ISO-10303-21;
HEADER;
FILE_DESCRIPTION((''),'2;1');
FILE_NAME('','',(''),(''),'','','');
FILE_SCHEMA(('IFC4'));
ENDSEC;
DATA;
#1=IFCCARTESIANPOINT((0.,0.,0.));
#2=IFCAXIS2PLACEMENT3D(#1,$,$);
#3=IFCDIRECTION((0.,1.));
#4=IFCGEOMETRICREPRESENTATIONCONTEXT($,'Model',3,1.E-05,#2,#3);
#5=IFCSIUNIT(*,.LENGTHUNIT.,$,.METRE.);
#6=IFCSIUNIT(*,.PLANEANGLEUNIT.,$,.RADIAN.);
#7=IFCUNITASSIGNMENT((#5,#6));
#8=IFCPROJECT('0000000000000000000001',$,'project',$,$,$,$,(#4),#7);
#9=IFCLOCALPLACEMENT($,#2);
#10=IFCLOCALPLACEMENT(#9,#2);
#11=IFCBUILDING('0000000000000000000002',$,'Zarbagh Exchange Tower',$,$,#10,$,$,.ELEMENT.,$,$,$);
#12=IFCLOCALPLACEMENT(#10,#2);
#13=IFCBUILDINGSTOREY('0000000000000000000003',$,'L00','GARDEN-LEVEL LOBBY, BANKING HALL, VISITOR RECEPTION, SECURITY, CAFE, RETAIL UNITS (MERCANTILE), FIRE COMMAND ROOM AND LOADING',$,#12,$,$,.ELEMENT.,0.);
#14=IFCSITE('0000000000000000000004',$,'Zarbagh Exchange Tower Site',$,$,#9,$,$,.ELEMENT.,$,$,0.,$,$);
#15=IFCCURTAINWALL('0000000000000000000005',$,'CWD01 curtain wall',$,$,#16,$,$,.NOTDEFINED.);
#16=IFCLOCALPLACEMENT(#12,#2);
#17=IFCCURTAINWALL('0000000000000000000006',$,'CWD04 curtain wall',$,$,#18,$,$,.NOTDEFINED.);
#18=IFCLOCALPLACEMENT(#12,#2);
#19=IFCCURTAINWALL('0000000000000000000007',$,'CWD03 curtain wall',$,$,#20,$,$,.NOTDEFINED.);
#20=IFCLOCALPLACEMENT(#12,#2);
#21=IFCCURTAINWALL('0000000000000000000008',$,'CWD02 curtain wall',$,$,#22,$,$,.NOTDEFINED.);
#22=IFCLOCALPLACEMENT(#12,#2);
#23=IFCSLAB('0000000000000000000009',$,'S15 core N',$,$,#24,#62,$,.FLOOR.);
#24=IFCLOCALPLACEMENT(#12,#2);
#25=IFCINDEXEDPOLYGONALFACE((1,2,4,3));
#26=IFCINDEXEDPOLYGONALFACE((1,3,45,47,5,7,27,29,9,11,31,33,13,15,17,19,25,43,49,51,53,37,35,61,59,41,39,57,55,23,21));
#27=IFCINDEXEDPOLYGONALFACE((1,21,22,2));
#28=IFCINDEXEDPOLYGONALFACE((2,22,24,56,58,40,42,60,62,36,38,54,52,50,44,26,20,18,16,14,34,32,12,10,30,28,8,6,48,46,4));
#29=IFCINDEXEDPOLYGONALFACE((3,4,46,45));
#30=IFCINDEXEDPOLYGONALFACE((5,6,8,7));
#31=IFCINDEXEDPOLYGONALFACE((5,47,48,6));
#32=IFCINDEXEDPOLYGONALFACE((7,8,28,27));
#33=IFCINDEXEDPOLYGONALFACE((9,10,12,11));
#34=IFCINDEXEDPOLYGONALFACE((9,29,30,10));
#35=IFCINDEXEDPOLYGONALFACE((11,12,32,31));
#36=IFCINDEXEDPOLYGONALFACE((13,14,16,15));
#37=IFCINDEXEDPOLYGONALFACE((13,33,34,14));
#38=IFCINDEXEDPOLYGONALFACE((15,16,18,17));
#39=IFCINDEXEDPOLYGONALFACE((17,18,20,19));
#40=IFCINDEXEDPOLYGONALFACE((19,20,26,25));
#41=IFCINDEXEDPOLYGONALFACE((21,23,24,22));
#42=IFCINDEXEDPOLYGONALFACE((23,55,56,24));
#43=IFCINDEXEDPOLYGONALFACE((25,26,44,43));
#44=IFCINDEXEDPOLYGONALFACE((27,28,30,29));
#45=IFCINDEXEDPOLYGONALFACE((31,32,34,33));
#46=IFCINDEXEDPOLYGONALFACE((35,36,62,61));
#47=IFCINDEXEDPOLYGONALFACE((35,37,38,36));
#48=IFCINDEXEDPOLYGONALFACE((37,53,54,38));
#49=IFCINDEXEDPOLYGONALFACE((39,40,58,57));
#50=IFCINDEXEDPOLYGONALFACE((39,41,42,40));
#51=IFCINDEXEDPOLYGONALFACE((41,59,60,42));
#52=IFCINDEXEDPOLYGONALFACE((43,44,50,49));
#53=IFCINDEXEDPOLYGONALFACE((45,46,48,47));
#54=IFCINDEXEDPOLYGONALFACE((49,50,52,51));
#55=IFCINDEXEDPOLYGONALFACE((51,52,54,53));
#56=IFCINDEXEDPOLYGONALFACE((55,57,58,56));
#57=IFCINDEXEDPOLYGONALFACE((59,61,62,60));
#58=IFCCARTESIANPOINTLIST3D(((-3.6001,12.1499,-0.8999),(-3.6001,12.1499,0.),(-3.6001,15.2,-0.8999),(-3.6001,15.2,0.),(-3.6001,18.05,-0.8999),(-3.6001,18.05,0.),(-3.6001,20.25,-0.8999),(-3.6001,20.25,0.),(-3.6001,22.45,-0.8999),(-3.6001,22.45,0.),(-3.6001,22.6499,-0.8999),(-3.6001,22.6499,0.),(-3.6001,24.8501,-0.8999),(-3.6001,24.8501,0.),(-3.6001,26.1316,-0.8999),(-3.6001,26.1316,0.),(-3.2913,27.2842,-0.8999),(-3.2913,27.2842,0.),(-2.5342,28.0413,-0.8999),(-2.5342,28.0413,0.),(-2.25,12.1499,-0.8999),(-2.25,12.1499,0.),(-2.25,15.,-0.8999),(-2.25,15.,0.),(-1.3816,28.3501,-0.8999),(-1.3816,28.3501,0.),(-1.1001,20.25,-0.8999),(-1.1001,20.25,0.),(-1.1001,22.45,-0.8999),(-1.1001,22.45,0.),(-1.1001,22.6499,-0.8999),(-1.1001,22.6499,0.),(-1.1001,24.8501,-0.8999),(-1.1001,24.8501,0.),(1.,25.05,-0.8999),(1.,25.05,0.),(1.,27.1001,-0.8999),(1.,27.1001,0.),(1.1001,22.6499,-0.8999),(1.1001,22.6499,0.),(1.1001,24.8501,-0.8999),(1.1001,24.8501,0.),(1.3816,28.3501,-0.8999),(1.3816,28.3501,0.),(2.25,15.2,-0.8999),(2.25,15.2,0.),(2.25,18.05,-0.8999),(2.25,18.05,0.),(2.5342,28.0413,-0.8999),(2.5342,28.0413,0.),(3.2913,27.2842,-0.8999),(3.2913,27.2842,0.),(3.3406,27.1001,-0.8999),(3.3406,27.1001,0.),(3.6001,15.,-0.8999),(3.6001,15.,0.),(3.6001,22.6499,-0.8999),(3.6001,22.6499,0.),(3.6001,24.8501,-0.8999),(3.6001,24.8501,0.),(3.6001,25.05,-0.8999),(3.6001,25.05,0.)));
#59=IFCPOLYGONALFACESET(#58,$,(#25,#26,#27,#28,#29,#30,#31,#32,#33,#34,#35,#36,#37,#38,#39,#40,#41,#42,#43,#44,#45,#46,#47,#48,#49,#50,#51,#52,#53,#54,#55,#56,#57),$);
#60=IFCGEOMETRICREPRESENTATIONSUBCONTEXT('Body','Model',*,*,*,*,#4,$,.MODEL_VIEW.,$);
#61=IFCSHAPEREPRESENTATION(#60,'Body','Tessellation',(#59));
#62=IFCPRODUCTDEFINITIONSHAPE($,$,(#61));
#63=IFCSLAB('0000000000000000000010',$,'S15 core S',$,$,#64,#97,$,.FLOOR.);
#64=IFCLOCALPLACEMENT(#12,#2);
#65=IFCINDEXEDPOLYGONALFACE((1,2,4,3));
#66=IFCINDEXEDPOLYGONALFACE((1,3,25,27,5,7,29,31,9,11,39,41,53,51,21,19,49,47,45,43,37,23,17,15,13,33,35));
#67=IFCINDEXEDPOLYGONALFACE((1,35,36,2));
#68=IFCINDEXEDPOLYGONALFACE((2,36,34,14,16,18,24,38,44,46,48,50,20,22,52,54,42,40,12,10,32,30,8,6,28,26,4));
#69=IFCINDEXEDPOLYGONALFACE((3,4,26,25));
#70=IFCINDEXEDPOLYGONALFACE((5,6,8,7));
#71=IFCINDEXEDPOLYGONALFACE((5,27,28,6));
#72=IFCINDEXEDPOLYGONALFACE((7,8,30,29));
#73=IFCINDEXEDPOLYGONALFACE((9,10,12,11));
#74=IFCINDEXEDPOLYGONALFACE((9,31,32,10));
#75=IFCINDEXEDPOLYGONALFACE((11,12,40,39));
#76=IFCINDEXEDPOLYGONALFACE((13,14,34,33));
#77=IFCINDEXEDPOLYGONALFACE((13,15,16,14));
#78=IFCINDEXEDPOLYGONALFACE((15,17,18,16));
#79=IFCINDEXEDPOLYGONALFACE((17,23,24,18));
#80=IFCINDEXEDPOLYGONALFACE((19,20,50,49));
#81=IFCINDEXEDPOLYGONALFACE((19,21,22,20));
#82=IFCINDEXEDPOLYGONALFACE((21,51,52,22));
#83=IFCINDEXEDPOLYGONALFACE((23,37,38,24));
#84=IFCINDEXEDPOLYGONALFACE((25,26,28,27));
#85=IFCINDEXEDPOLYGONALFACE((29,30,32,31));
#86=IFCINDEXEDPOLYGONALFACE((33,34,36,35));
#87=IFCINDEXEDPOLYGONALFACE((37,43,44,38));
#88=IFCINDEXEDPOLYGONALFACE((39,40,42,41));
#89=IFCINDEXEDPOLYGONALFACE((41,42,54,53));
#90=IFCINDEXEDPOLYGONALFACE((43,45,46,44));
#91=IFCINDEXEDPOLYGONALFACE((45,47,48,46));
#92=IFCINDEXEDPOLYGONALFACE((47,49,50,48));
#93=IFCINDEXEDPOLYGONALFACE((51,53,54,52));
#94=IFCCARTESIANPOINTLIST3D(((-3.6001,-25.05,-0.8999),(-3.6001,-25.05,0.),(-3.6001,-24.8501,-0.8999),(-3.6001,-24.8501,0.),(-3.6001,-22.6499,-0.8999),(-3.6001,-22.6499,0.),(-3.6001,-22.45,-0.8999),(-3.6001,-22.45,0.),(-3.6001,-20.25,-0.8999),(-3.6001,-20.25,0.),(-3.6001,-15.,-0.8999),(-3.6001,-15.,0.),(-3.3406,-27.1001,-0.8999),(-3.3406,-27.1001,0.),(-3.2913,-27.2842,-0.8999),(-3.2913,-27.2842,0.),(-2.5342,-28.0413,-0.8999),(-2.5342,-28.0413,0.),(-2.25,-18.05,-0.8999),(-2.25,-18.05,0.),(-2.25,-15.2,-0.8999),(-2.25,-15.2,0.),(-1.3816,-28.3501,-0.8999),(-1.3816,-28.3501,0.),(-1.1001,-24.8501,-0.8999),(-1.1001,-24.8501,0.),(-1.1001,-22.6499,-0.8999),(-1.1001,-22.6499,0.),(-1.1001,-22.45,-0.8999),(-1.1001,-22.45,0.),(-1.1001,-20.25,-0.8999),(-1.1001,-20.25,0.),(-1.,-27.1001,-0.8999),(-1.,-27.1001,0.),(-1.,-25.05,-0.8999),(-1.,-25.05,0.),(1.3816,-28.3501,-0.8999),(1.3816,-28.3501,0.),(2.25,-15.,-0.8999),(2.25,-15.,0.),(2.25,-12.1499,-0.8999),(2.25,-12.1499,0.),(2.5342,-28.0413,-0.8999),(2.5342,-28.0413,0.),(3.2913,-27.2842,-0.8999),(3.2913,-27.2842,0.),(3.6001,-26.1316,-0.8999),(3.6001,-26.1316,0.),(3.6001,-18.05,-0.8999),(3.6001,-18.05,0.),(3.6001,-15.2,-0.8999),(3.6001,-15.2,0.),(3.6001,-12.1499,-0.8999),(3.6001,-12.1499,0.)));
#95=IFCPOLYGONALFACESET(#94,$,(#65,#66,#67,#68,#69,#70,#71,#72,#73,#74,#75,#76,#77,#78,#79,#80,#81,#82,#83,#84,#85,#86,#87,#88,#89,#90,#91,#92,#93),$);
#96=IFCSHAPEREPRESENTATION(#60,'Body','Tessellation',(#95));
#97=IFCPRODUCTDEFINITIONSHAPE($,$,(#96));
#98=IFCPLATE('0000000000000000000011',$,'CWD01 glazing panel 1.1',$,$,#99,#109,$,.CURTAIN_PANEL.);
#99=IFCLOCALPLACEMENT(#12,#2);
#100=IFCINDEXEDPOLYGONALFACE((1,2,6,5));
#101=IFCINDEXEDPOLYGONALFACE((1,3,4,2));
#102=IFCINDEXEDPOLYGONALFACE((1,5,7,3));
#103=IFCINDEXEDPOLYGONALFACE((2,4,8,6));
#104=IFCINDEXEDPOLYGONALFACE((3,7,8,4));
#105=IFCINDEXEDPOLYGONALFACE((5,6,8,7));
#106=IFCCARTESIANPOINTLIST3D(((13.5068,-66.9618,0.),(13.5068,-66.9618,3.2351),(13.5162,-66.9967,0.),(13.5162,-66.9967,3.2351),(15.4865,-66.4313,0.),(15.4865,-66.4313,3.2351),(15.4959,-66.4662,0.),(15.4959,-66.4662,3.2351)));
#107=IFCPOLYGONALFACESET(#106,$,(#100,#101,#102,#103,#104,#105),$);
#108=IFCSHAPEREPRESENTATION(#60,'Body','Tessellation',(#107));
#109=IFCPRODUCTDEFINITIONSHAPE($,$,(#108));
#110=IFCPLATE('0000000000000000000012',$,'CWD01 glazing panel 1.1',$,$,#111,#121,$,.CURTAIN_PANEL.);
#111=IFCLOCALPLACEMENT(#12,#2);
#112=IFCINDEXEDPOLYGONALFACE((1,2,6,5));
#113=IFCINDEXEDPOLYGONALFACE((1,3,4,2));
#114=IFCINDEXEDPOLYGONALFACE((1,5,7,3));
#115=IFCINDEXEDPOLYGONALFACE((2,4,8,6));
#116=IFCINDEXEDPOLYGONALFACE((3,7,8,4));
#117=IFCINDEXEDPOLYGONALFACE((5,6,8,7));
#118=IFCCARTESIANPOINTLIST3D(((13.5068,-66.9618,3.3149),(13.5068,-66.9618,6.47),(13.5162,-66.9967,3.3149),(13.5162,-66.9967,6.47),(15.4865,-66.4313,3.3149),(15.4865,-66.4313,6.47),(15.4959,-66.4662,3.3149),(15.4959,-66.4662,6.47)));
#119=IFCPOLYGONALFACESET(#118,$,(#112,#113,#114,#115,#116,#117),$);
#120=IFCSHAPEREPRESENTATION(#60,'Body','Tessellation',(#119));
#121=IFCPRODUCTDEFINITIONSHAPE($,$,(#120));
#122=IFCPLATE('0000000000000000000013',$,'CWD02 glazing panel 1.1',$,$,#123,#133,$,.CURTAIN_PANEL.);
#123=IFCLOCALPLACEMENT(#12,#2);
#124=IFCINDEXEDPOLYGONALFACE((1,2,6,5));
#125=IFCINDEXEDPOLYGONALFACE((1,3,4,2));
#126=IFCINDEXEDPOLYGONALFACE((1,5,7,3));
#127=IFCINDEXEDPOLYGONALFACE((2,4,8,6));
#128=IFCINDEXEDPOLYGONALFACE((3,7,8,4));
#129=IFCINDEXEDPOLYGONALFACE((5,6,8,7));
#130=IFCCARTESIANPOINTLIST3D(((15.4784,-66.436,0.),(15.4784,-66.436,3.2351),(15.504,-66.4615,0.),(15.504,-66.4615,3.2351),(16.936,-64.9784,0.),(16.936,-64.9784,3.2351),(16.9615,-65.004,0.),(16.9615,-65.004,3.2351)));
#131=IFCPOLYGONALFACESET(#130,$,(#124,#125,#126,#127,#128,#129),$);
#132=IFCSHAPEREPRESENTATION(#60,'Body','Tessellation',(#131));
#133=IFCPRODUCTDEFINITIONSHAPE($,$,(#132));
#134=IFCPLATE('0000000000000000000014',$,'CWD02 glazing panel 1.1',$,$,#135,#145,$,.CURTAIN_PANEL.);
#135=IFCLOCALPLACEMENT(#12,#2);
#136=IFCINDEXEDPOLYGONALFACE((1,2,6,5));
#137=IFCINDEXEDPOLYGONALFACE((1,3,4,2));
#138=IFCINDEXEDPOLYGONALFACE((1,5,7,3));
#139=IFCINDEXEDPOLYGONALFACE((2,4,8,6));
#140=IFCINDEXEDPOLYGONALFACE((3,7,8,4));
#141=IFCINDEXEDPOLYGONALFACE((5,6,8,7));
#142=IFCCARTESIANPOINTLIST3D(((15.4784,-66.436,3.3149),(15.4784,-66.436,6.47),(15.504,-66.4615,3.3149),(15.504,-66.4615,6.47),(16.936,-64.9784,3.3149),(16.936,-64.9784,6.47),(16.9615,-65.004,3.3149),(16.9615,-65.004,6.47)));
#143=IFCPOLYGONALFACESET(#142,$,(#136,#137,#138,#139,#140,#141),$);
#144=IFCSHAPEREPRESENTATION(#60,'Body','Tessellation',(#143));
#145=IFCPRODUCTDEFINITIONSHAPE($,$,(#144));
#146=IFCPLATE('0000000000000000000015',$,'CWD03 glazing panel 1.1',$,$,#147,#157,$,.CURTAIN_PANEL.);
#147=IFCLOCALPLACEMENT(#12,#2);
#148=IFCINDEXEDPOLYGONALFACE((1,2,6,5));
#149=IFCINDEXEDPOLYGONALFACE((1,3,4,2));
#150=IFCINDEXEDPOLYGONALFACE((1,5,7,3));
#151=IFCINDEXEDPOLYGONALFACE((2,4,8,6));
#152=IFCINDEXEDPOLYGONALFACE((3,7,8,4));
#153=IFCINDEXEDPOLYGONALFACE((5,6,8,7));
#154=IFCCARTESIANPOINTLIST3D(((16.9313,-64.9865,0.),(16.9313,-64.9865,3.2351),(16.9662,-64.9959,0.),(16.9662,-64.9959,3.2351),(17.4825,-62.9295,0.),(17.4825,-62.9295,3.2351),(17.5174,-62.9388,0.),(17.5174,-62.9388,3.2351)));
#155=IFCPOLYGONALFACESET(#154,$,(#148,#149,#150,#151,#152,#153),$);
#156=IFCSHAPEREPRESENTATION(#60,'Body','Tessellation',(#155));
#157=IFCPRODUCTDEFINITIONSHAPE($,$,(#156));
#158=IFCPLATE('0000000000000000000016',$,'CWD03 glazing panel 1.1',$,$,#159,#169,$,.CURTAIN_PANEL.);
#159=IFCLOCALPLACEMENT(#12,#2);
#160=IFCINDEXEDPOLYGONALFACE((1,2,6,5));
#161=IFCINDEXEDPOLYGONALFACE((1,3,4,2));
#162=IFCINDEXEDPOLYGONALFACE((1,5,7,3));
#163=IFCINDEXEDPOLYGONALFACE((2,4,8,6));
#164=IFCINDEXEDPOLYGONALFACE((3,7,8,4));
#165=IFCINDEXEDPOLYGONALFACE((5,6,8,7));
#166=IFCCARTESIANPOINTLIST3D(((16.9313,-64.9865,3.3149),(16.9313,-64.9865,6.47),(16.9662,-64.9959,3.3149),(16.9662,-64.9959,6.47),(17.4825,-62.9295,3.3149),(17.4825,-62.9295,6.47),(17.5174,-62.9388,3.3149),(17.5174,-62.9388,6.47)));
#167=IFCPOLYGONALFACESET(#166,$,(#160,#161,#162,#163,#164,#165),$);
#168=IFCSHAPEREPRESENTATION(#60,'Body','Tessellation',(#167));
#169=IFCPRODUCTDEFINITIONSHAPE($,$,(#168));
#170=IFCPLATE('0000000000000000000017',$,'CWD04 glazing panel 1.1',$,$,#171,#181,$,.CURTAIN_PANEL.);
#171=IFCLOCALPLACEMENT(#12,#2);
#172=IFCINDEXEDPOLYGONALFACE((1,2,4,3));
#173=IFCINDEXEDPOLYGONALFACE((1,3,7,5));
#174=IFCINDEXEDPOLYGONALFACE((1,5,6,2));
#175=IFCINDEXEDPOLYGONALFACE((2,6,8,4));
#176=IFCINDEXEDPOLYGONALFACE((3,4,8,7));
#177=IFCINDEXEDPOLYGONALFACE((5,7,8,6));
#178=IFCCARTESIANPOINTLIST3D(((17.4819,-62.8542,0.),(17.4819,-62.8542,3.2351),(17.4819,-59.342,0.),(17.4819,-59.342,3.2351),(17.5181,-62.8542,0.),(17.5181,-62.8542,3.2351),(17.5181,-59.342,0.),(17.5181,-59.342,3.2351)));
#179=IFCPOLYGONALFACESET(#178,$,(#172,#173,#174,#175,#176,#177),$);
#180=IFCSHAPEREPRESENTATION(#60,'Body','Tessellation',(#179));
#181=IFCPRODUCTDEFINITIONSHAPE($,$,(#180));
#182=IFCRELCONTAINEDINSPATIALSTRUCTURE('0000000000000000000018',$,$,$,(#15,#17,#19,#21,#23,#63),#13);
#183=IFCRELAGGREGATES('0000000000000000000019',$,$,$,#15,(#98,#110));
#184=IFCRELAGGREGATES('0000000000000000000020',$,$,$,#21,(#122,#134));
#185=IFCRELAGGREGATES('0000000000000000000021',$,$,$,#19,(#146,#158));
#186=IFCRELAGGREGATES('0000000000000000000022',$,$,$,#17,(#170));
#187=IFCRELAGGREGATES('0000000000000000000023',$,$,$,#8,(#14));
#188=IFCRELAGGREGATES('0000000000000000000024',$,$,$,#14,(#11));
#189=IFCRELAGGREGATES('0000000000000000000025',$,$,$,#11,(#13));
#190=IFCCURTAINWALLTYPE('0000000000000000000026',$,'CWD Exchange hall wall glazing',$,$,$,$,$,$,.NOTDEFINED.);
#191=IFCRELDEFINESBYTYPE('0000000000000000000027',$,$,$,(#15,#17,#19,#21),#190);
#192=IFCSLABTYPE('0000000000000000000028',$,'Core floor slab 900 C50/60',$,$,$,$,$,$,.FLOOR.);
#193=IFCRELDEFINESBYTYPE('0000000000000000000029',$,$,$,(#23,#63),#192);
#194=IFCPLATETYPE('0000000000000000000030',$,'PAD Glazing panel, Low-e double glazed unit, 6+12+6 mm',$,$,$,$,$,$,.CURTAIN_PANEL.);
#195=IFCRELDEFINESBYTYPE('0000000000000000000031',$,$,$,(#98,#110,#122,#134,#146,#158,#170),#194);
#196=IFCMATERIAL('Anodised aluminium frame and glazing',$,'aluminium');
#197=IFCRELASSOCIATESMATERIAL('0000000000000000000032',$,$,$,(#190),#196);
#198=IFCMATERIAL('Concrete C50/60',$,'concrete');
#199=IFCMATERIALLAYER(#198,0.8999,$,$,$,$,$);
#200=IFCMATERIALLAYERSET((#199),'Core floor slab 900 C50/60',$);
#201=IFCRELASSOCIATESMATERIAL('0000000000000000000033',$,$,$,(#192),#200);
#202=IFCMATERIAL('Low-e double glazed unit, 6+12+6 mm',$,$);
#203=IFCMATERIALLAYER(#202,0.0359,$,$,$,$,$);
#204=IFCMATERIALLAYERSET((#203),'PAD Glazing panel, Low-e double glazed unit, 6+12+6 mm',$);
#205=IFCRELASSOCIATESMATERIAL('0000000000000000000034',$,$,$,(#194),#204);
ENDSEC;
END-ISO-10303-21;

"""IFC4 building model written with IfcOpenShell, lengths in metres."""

from ifc_helpers import new_model, si_unit, direction, frame, origin, place, context, subcontext, project, spatial, polyline, outline, extrude, source, transform, mapped, material, layer, layer_set, type_object, element, aggregate, save


model = new_model("IFC4")

# Units and contexts
model_context = context("Model", 3, precision=1e-05, world=origin(), true_north=direction((0.0, 1.0)))
body_context = subcontext(model_context, "Body", "Model", "MODEL_VIEW")
ifc_project = project(units=[si_unit("LENGTHUNIT", "METRE"), si_unit("PLANEANGLEUNIT", "RADIAN")], contexts=[model_context])

# Site, building, storey
site_placement = place(None, origin())
site = spatial("IfcSite", under=ifc_project, at=site_placement, Name="Zarbagh Exchange Tower Site", CompositionType="ELEMENT", RefElevation=0.0)
building_placement = place(site_placement, origin())
building = spatial("IfcBuilding", under=site, at=building_placement, Name="Zarbagh Exchange Tower", CompositionType="ELEMENT")
storey_placement = place(building_placement, origin())
storey = spatial("IfcBuildingStorey", under=building, at=storey_placement, Name="L00", Description="GARDEN-LEVEL LOBBY, BANKING HALL, VISITOR RECEPTION, SECURITY, CAFE, RETAIL UNITS (MERCANTILE), FIRE COMMAND ROOM AND LOADING", CompositionType="ELEMENT", Elevation=0.0)

# Curtain wall
ifc_material_1 = material(Name="Anodised aluminium frame and glazing", Category="aluminium")
curtain_wall_type_1 = type_object("IfcCurtainWallType", Name="CWD Exchange hall wall glazing", PredefinedType="NOTDEFINED", material=ifc_material_1)
curtain_wall_1_placement = place(storey_placement, origin())
curtain_wall_1 = element("IfcCurtainWall", 1, at=curtain_wall_1_placement, inside=storey, type_object=curtain_wall_type_1, Name="CWD01 curtain wall", PredefinedType="NOTDEFINED")
placement = place(storey_placement, origin())

# Curtain wall
curtain_wall_2_placement = place(storey_placement, origin())
curtain_wall_2 = element("IfcCurtainWall", 2, at=curtain_wall_2_placement, inside=storey, type_object=curtain_wall_type_1, Name="CWD04 curtain wall", PredefinedType="NOTDEFINED")

# Curtain wall
curtain_wall_3_placement = place(storey_placement, origin())
curtain_wall_3 = element("IfcCurtainWall", 3, at=curtain_wall_3_placement, inside=storey, type_object=curtain_wall_type_1, Name="CWD03 curtain wall", PredefinedType="NOTDEFINED")

# Curtain wall
curtain_wall_4_placement = place(storey_placement, origin())
curtain_wall_4 = element("IfcCurtainWall", 4, at=curtain_wall_4_placement, inside=storey, type_object=curtain_wall_type_1, Name="CWD02 curtain wall", PredefinedType="NOTDEFINED")

# Slabs
ifc_material_2 = material(Name="Concrete C50/60", Category="concrete")
ifc_layer_1 = layer(ifc_material_2, 0.8999)
ifc_layer_set_1 = layer_set([ifc_layer_1], Name="Core floor slab 900 C50/60")
slab_type = type_object("IfcSlabType", Name="Core floor slab 900 C50/60", PredefinedType="FLOOR", material=ifc_layer_set_1)
slab_1_placement = place(storey_placement, frame((0.0, 0.0, -0.8999)))
element("IfcSlab", 5, at=slab_1_placement, inside=storey, type_object=slab_type, Name="S15 core N", PredefinedType="FLOOR", context=body_context, shape_type="SweptSolid", body=[
    extrude(outline(polyline([(-3.6001, 12.1499), (-3.6001, 15.2), (2.25, 15.2), (2.25, 18.05), (-3.6001, 18.05), (-3.6001, 20.25), (-1.1001, 20.25), (-1.1001, 22.45), (-3.6001, 22.45), (-3.6001, 22.6499), (-1.1001, 22.6499), (-1.1001, 24.8501), (-3.6001, 24.8501), (-3.6001, 26.1316), (-3.2913, 27.2842), (-2.5342, 28.0413), (-1.3816, 28.3501), (1.3816, 28.3501), (2.5342, 28.0413), (3.2913, 27.2842), (3.3406, 27.1001), (1.0, 27.1001), (1.0, 25.05), (3.6001, 25.05), (3.6001, 24.8501), (1.1001, 24.8501), (1.1001, 22.6499), (3.6001, 22.6499), (3.6001, 15.0), (-2.25, 15.0), (-2.25, 12.1499), (-3.6001, 12.1499)])), origin(), (0.0, 0.0, 1.0), 0.8999),
])
slab_2_placement = place(storey_placement, frame((0.0, 0.0, -0.8999)))
element("IfcSlab", 6, at=slab_2_placement, inside=storey, type_object=slab_type, Name="S15 core S", PredefinedType="FLOOR", context=body_context, shape_type="SweptSolid", body=[
    extrude(outline(polyline([(-2.5342, -28.0413), (-3.2913, -27.2842), (-3.3406, -27.1001), (-1.0, -27.1001), (-1.0, -25.05), (-3.6001, -25.05), (-3.6001, -24.8501), (-1.1001, -24.8501), (-1.1001, -22.6499), (-3.6001, -22.6499), (-3.6001, -22.45), (-1.1001, -22.45), (-1.1001, -20.25), (-3.6001, -20.25), (-3.6001, -15.0), (2.25, -15.0), (2.25, -12.1499), (3.6001, -12.1499), (3.6001, -15.2), (-2.25, -15.2), (-2.25, -18.05), (3.6001, -18.05), (3.6001, -26.1316), (3.2913, -27.2842), (2.5342, -28.0413), (1.3816, -28.3501), (-1.3816, -28.3501), (-2.5342, -28.0413)])), origin(), (0.0, 0.0, 1.0), 0.8999),
])

# Plates
ifc_material_3 = material(Name="Low-e double glazed unit, 6+12+6 mm")
ifc_layer_2 = layer(ifc_material_3, 0.0359)
ifc_layer_set_2 = layer_set([ifc_layer_2], Name="PAD Glazing panel, Low-e double glazed unit, 6+12+6 mm")
plate_type = type_object("IfcPlateType", Name="PAD Glazing panel, Low-e double glazed unit, 6+12+6 mm", PredefinedType="CURTAIN_PANEL", material=ifc_layer_set_2)
shared_shape_1 = source(origin(), body_context, "Body", "SweptSolid", [
    extrude(outline(polyline([(0.0, -0.0181), (2.0496, -0.0181), (2.0496, 0.0181), (0.0, 0.0181), (0.0, -0.0181)])), origin(), (0.0, 0.0, 1.0), 3.2351),
])
plate_1 = element("IfcPlate", 7, at=placement, type_object=plate_type, Name="CWD01 glazing panel 1.1", PredefinedType="CURTAIN_PANEL", context=body_context, shape_type="MappedRepresentation", body=[
    mapped(shared_shape_1, transform((13.5115, -66.9792, 0.0), x_axis=(0.965924, 0.258825, 0.0), y_axis=(-0.258825, 0.965924, 0.0), z_axis=(0.0, 0.0, 1.0))),
])
shared_shape_2 = source(origin(), body_context, "Body", "SweptSolid", [
    extrude(outline(polyline([(0.0, -0.0181), (2.0496, -0.0181), (2.0496, 0.0181), (0.0, 0.0181), (0.0, -0.0181)])), origin(), (0.0, 0.0, 1.0), 3.155),
])
plate_2 = element("IfcPlate", 8, at=placement, type_object=plate_type, Name="CWD01 glazing panel 1.1", PredefinedType="CURTAIN_PANEL", context=body_context, shape_type="MappedRepresentation", body=[
    mapped(shared_shape_2, transform((13.5115, -66.9792, 3.3149), x_axis=(0.965924, 0.258825, 0.0), y_axis=(-0.258825, 0.965924, 0.0), z_axis=(0.0, 0.0, 1.0))),
])
aggregate(curtain_wall_1, [plate_1, plate_2])
shared_shape_3 = source(origin(), body_context, "Body", "SweptSolid", [
    extrude(outline(polyline([(0.0, -0.0181), (2.0613, -0.0181), (2.0613, 0.0181), (0.0, 0.0181), (0.0, -0.0181)])), origin(), (0.0, 0.0, 1.0), 3.2351),
])
plate_3 = element("IfcPlate", 9, at=placement, type_object=plate_type, Name="CWD02 glazing panel 1.1", PredefinedType="CURTAIN_PANEL", context=body_context, shape_type="MappedRepresentation", body=[
    mapped(shared_shape_3, transform((15.4912, -66.4487, 0.0), x_axis=(0.707107, 0.707107, 0.0), y_axis=(-0.707107, 0.707107, 0.0), z_axis=(0.0, 0.0, 1.0))),
])
shared_shape_4 = source(origin(), body_context, "Body", "SweptSolid", [
    extrude(outline(polyline([(0.0, -0.0181), (2.0613, -0.0181), (2.0613, 0.0181), (0.0, 0.0181), (0.0, -0.0181)])), origin(), (0.0, 0.0, 1.0), 3.155),
])
plate_4 = element("IfcPlate", 10, at=placement, type_object=plate_type, Name="CWD02 glazing panel 1.1", PredefinedType="CURTAIN_PANEL", context=body_context, shape_type="MappedRepresentation", body=[
    mapped(shared_shape_4, transform((15.4912, -66.4487, 3.3149), x_axis=(0.707107, 0.707107, 0.0), y_axis=(-0.707107, 0.707107, 0.0), z_axis=(0.0, 0.0, 1.0))),
])
aggregate(curtain_wall_4, [plate_3, plate_4])
shared_shape_5 = source(origin(), body_context, "Body", "SweptSolid", [
    extrude(outline(polyline([(0.0, -0.0181), (2.1296, -0.0181), (2.1296, 0.0181), (0.0, 0.0181), (0.0, -0.0181)])), origin(), (0.0, 0.0, 1.0), 3.2351),
])
plate_5 = element("IfcPlate", 11, at=placement, type_object=plate_type, Name="CWD03 glazing panel 1.1", PredefinedType="CURTAIN_PANEL", context=body_context, shape_type="MappedRepresentation", body=[
    mapped(shared_shape_5, transform((16.9487, -64.9912, 0.0), x_axis=(0.258825, 0.965924, 0.0), y_axis=(-0.965924, 0.258825, 0.0), z_axis=(0.0, 0.0, 1.0))),
])
shared_shape_6 = source(origin(), body_context, "Body", "SweptSolid", [
    extrude(outline(polyline([(0.0, -0.0181), (2.1296, -0.0181), (2.1296, 0.0181), (0.0, 0.0181), (0.0, -0.0181)])), origin(), (0.0, 0.0, 1.0), 3.155),
])
plate_6 = element("IfcPlate", 12, at=placement, type_object=plate_type, Name="CWD03 glazing panel 1.1", PredefinedType="CURTAIN_PANEL", context=body_context, shape_type="MappedRepresentation", body=[
    mapped(shared_shape_6, transform((16.9487, -64.9912, 3.3149), x_axis=(0.258825, 0.965924, 0.0), y_axis=(-0.965924, 0.258825, 0.0), z_axis=(0.0, 0.0, 1.0))),
])
aggregate(curtain_wall_3, [plate_5, plate_6])
shared_shape_7 = source(origin(), body_context, "Body", "SweptSolid", [
    extrude(outline(polyline([(0.0, -0.0181), (3.5122, -0.0181), (3.5122, 0.0181), (0.0, 0.0181), (0.0, -0.0181)])), origin(), (0.0, 0.0, 1.0), 3.2351),
])
plate_7 = element("IfcPlate", 13, at=placement, type_object=plate_type, Name="CWD04 glazing panel 1.1", PredefinedType="CURTAIN_PANEL", context=body_context, shape_type="MappedRepresentation", body=[
    mapped(shared_shape_7, transform((17.5, -62.8542, 0.0), x_axis=(0.0, 1.0, 0.0), y_axis=(-1.0, 0.0, 0.0), z_axis=(0.0, 0.0, 1.0))),
])
aggregate(curtain_wall_2, [plate_7])

save(model, "model.ifc")
